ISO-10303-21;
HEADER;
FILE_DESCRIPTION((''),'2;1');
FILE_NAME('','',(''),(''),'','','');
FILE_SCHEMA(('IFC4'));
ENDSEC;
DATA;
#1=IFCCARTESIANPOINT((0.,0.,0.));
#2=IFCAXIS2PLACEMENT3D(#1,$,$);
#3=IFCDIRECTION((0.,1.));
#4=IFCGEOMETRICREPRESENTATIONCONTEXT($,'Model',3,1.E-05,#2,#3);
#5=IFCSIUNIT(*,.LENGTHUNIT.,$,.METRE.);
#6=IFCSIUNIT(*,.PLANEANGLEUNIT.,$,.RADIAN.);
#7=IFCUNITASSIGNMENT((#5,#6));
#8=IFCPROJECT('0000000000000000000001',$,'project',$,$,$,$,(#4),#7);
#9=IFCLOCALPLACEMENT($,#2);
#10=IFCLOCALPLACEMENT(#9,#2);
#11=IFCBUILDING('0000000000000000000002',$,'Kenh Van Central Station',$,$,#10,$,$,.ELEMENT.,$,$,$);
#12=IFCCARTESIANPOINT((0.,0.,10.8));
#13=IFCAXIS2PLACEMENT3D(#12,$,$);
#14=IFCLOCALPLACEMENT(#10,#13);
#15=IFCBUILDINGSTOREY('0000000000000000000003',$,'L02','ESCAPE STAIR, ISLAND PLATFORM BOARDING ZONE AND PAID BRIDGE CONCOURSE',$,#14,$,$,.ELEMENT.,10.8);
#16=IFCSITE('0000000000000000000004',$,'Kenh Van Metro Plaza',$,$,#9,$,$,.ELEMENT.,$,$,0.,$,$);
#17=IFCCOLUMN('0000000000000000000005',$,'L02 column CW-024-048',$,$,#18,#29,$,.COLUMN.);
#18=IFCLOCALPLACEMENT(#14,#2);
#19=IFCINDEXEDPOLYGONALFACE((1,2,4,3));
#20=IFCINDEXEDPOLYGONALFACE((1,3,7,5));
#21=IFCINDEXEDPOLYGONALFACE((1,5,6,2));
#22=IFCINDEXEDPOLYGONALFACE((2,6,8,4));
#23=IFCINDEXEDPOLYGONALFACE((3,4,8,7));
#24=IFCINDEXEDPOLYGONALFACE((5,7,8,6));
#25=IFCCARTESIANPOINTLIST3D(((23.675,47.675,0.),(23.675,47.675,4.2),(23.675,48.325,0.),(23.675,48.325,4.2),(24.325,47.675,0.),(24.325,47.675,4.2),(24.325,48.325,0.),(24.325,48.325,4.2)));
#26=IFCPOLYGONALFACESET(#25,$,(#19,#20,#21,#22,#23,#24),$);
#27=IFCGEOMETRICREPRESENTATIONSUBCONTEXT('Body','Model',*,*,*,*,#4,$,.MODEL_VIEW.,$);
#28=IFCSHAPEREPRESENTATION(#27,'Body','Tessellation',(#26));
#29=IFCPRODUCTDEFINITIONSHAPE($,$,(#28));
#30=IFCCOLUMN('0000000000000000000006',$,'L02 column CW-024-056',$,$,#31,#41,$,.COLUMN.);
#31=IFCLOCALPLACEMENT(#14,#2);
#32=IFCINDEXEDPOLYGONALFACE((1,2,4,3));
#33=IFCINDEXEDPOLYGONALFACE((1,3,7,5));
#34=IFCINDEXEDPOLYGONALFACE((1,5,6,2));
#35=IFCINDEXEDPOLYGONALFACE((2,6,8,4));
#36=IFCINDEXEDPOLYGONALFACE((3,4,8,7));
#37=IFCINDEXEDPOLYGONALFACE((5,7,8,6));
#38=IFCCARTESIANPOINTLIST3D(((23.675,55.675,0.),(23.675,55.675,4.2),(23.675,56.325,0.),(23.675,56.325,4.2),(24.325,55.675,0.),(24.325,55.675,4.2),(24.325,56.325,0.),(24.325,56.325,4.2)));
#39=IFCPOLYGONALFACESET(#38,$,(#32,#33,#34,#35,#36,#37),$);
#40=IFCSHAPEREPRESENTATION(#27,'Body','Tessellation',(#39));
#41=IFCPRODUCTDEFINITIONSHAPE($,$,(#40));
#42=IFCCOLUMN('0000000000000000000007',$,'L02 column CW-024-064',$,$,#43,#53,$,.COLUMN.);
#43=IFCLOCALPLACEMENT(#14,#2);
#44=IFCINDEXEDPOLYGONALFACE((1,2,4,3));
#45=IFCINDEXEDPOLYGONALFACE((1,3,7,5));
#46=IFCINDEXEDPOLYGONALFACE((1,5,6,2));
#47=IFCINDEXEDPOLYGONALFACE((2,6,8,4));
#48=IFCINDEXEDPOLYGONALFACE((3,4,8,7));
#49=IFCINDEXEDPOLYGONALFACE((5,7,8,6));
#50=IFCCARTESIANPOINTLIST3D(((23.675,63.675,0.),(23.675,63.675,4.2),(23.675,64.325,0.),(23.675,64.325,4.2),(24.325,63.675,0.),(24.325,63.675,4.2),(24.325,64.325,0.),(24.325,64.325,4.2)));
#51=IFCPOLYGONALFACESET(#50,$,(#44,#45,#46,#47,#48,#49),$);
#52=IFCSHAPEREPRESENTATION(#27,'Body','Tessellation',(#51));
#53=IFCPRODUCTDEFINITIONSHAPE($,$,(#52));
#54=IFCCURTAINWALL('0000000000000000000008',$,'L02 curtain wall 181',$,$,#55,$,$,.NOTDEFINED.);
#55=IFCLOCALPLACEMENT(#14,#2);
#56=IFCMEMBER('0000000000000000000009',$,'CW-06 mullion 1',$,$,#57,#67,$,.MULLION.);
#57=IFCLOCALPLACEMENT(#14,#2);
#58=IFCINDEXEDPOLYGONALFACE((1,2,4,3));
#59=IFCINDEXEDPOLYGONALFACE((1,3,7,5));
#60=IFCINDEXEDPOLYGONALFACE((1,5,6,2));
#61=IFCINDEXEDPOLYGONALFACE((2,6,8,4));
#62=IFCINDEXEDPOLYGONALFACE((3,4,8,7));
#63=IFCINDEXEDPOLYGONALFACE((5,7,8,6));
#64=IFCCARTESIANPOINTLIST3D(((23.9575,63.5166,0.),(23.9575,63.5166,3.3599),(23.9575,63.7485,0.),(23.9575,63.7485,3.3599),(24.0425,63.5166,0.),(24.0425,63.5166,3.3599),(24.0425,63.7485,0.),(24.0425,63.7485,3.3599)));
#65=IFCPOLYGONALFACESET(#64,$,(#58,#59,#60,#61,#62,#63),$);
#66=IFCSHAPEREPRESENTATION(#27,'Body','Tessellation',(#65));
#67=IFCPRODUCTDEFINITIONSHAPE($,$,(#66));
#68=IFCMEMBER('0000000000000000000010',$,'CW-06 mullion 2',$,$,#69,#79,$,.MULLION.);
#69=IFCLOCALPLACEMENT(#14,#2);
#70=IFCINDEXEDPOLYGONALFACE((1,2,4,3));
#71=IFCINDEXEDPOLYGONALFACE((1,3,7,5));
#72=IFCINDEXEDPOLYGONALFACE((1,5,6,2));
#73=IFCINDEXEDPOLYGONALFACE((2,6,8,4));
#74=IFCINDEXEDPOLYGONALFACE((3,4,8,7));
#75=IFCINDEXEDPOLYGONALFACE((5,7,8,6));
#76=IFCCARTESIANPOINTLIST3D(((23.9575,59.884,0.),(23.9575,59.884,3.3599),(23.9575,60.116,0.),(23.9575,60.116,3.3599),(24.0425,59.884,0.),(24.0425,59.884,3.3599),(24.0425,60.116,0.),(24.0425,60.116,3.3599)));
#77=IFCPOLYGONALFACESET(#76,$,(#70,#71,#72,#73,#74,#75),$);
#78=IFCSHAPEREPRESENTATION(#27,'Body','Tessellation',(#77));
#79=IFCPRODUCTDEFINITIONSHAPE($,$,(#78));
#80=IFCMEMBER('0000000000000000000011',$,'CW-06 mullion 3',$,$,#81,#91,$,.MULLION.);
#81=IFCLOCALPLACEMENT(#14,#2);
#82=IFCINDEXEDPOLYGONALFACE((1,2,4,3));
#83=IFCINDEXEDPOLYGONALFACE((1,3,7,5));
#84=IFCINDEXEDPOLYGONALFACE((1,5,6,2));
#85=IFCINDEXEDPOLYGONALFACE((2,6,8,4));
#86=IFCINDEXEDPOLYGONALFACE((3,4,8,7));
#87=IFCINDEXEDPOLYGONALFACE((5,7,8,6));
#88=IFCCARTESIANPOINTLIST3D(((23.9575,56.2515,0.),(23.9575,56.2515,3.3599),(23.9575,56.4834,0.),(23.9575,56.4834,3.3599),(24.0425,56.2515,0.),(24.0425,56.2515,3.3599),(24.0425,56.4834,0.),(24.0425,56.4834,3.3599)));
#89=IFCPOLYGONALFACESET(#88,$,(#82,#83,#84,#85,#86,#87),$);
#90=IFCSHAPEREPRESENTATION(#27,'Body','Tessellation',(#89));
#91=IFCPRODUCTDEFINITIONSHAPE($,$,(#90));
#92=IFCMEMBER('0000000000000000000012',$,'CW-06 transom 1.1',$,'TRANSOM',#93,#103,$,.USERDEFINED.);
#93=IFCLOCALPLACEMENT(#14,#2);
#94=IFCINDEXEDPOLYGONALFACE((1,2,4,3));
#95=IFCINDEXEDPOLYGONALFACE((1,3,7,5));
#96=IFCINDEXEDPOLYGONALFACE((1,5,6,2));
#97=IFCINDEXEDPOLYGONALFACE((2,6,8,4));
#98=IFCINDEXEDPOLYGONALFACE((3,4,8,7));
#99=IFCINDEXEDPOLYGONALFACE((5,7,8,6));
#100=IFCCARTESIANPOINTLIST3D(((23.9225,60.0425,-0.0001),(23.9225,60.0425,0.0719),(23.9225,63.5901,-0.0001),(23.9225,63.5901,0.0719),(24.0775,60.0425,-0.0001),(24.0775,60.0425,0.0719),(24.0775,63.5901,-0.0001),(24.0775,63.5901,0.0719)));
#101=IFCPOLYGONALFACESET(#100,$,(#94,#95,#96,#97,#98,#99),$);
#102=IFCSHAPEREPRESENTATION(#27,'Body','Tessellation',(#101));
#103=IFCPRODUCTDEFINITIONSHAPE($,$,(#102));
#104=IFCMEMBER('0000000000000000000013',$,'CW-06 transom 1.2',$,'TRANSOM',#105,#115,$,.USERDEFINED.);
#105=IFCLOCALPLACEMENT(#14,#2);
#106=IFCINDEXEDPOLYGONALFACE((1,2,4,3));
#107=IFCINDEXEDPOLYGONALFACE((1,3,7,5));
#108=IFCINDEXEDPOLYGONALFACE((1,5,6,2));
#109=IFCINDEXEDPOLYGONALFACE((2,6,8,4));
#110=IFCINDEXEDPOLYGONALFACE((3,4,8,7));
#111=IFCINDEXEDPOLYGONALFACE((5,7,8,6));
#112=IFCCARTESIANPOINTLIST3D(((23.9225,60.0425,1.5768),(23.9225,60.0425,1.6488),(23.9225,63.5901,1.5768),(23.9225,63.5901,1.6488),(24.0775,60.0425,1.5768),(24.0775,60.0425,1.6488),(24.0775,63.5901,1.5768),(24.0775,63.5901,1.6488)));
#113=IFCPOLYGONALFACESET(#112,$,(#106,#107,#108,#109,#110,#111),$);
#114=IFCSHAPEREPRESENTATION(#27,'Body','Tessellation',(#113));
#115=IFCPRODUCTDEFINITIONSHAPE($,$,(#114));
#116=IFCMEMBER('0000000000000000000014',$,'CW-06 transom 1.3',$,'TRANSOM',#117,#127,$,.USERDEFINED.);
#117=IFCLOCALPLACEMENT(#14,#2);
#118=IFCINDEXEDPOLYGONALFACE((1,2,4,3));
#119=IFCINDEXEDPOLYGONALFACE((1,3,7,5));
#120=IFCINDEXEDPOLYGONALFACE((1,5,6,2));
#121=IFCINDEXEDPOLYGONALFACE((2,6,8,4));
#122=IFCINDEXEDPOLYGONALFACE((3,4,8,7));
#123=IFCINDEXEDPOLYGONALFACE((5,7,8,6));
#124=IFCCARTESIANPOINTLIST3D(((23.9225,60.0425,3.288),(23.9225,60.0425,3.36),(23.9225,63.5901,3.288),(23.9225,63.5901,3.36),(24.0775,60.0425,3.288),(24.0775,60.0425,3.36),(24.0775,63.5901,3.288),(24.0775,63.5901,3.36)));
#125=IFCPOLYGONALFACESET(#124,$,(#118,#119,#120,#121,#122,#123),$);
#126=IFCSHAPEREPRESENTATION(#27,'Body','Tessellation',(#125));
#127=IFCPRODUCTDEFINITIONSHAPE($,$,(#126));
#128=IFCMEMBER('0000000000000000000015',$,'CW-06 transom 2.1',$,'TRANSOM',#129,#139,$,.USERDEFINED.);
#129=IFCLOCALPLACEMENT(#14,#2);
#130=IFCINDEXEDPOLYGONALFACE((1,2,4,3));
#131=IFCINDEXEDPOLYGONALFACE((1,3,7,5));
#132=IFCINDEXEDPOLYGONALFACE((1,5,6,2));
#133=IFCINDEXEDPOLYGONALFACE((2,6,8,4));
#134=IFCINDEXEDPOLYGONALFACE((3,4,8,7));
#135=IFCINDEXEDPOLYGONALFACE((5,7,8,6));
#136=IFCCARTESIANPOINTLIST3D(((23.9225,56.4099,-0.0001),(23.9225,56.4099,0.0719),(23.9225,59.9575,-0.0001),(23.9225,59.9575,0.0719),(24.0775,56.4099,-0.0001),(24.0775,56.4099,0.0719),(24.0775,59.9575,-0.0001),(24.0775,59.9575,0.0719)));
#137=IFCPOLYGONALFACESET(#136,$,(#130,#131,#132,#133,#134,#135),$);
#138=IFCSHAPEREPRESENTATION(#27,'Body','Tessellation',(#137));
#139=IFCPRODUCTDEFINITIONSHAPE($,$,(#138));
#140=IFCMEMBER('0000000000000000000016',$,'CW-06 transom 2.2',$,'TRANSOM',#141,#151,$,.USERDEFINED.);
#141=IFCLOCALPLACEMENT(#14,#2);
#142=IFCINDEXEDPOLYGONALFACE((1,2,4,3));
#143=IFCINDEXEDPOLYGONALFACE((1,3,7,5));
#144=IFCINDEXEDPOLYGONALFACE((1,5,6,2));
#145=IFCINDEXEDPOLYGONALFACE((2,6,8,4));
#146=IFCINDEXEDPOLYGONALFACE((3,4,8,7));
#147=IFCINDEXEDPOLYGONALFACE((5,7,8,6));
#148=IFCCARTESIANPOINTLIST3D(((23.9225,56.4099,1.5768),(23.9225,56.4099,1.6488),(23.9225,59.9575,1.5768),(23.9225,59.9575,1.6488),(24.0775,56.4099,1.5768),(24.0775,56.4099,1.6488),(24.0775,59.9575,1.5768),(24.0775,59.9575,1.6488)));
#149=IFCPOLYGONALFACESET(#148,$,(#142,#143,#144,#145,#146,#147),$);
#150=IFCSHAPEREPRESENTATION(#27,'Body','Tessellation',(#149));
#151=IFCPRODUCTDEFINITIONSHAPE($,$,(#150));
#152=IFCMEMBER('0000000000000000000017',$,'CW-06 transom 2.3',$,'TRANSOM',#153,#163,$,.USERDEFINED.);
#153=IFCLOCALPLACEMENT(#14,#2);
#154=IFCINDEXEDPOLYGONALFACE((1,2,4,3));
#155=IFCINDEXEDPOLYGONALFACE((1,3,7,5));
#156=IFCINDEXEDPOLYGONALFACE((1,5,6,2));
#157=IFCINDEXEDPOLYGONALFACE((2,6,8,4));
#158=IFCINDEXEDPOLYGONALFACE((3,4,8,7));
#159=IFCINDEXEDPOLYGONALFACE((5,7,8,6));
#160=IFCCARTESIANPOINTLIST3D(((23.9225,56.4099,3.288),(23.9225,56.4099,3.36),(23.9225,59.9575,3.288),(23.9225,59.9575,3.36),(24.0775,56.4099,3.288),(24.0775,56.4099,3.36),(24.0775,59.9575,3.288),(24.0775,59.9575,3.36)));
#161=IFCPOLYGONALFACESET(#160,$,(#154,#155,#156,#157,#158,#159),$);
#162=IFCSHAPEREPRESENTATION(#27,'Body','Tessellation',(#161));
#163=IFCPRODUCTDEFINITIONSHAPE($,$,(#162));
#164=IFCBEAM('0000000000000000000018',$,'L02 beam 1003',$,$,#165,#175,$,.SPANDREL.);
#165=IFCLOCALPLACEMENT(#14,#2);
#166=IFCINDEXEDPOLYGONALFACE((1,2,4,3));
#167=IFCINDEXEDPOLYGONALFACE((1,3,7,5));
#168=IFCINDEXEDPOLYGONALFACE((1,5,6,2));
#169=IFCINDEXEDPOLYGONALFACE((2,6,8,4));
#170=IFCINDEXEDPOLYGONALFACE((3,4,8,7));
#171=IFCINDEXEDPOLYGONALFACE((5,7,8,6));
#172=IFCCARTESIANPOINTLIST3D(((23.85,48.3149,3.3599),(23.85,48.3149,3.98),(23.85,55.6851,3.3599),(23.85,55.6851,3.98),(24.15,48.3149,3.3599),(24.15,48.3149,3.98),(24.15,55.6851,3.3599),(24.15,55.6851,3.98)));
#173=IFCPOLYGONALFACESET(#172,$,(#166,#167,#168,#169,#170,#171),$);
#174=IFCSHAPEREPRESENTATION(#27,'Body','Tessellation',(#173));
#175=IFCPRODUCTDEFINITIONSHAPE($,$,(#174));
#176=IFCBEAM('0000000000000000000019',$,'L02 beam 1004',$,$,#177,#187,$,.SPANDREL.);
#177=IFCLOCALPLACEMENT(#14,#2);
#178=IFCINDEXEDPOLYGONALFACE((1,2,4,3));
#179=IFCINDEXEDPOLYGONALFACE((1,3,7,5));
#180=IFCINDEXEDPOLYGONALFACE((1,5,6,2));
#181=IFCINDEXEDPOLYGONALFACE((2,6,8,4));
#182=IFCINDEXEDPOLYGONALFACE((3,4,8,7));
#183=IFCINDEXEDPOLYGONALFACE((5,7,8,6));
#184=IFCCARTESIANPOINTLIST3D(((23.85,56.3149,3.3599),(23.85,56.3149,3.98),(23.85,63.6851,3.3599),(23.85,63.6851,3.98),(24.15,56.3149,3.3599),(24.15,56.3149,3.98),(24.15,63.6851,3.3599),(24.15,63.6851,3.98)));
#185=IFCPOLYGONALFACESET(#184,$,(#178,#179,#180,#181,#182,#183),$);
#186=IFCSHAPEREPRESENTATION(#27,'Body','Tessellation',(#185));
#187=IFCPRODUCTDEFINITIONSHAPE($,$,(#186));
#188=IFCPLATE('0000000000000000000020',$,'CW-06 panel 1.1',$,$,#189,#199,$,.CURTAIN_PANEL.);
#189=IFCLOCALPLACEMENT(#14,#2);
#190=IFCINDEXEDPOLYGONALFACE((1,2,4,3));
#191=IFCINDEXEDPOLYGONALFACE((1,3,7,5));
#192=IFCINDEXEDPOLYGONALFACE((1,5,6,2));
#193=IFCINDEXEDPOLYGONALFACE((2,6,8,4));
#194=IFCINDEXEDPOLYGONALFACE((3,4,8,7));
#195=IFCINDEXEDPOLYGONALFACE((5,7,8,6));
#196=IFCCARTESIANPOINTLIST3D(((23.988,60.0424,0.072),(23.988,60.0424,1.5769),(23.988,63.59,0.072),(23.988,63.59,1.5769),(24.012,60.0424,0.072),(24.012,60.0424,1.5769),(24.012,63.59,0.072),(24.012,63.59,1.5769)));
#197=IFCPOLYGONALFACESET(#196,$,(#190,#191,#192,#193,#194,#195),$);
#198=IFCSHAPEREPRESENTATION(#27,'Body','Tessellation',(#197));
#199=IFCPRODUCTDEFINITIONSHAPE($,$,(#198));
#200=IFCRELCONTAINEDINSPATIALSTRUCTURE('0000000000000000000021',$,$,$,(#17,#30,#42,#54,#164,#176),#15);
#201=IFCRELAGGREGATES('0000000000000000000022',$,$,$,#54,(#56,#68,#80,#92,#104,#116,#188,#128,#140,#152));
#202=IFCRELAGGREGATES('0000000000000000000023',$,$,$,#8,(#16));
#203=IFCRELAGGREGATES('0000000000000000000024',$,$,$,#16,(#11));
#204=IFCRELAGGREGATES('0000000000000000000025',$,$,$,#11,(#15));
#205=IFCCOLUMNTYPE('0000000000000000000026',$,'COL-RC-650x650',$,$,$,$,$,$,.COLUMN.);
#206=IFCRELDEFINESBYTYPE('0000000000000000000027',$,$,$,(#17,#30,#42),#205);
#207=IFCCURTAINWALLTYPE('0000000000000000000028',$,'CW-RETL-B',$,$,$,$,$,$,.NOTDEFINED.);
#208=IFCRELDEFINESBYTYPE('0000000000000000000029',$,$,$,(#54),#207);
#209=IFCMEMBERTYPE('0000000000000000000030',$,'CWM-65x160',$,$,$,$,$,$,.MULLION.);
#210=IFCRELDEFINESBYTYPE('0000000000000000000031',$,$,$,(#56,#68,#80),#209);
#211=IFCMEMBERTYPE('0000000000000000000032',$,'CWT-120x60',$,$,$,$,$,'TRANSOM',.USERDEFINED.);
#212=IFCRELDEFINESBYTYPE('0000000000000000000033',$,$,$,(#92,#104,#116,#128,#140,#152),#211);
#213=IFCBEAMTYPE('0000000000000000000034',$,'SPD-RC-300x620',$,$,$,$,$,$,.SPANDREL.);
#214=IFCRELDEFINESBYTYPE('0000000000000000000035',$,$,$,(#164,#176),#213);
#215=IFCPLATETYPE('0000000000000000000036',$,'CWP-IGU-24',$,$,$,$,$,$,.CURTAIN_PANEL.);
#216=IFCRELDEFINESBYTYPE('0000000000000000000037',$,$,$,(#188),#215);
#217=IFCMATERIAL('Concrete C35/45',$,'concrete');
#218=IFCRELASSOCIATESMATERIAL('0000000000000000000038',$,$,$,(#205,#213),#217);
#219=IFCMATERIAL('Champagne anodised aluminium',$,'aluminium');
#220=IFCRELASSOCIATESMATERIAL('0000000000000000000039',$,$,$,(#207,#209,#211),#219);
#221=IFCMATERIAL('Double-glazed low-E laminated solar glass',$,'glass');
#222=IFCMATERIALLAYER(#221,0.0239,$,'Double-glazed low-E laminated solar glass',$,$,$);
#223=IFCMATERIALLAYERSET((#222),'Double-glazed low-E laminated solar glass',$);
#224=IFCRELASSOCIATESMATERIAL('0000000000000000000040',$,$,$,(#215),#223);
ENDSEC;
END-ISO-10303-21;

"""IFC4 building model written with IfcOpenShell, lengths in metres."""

from ifc_helpers import new_model, si_unit, direction, frame, origin, origin_2d, place, context, subcontext, project, spatial, rectangle, extrude, material, layer, layer_set, material_profile, profile_set, type_object, element, aggregate, save


model = new_model("IFC4")

# Units and contexts
model_context = context("Model", 3, precision=1e-05, world=origin(), true_north=direction((0.0, 1.0)))
body_context = subcontext(model_context, "Body", "Model", "MODEL_VIEW")
ifc_project = project(units=[si_unit("LENGTHUNIT", "METRE"), si_unit("PLANEANGLEUNIT", "RADIAN")], contexts=[model_context])

# Site, building, storey
site_placement = place(None, origin())
site = spatial("IfcSite", under=ifc_project, at=site_placement, Name="Kenh Van Metro Plaza", CompositionType="ELEMENT", RefElevation=0.0)
building_placement = place(site_placement, origin())
building = spatial("IfcBuilding", under=site, at=building_placement, Name="Kenh Van Central Station", CompositionType="ELEMENT")
storey_placement = place(building_placement, frame((0.0, 0.0, 10.8)))
storey = spatial("IfcBuildingStorey", under=building, at=storey_placement, Name="L02", Description="ESCAPE STAIR, ISLAND PLATFORM BOARDING ZONE AND PAID BRIDGE CONCOURSE", CompositionType="ELEMENT", Elevation=10.8)

# Columns
ifc_material_1 = material(Name="Concrete C35/45", Category="concrete")
ifc_material_profile_1 = material_profile(ifc_material_1, rectangle(XDim=0.6499, YDim=0.6499, at=origin_2d()), Name="RC 650x650")
ifc_profile_set_1 = profile_set([ifc_material_profile_1], Name="Concrete C35/45")
column_type = type_object("IfcColumnType", Name="COL-RC-650x650", PredefinedType="COLUMN", material=ifc_profile_set_1)
for number, where, z_axis, x_axis, name in (
    (1, (24.0, 48.0, 0.0), (0.0, 0.0, 1.0), (1.0, 0.0, 0.0), "L02 column CW-024-048"),
    (2, (24.0, 56.0, 0.0), (0.0, 0.0, 1.0), (1.0, 0.0, 0.0), "L02 column CW-024-056"),
    (3, (24.0, 64.0, 0.0), (0.0, 0.0, 1.0), (1.0, 0.0, 0.0), "L02 column CW-024-064"),
):
    element("IfcColumn", number, at=place(storey_placement, frame(where, z_axis=z_axis, x_axis=x_axis)), inside=storey, type_object=column_type, Name=name, PredefinedType="COLUMN", context=body_context, shape_type="SweptSolid", body=[
        extrude(rectangle(XDim=0.6499, YDim=0.6499, at=origin_2d()), origin(), (0.0, 0.0, 1.0), 4.2),
    ])

# Curtain wall, members
ifc_material_2 = material(Name="Champagne anodised aluminium", Category="aluminium")
curtain_wall_type = type_object("IfcCurtainWallType", Name="CW-RETL-B", PredefinedType="NOTDEFINED", material=ifc_material_2)
curtain_wall_placement = place(storey_placement, origin())
curtain_wall = element("IfcCurtainWall", 4, at=curtain_wall_placement, inside=storey, type_object=curtain_wall_type, Name="L02 curtain wall 181", PredefinedType="NOTDEFINED")
ifc_material_profile_2 = material_profile(ifc_material_2, rectangle(XDim=0.085, YDim=0.2319, at=origin_2d()), Name="AL 85x232")
ifc_profile_set_2 = profile_set([ifc_material_profile_2], Name="Champagne anodised aluminium")
member_type_1 = type_object("IfcMemberType", Name="CWM-65x160", PredefinedType="MULLION", material=ifc_profile_set_2)
member_1_placement = place(storey_placement, frame((24.0, 63.6326, 0.0), z_axis=(0.0, 0.0, 1.0), x_axis=(1.0, 0.0, 0.0)))
member_1 = element("IfcMember", 5, at=member_1_placement, type_object=member_type_1, Name="CW-06 mullion 1", PredefinedType="MULLION", context=body_context, shape_type="SweptSolid", body=[
    extrude(rectangle(XDim=0.085, YDim=0.2319, at=origin_2d()), origin(), (0.0, 0.0, 1.0), 3.3599),
])
member_2_placement = place(storey_placement, frame((24.0, 60.0, 0.0), z_axis=(0.0, 0.0, 1.0), x_axis=(1.0, 0.0, 0.0)))
member_2 = element("IfcMember", 6, at=member_2_placement, type_object=member_type_1, Name="CW-06 mullion 2", PredefinedType="MULLION", context=body_context, shape_type="SweptSolid", body=[
    extrude(rectangle(XDim=0.085, YDim=0.2319, at=origin_2d()), origin(), (0.0, 0.0, 1.0), 3.3599),
])
member_3_placement = place(storey_placement, frame((24.0, 56.3674, 0.0), z_axis=(0.0, 0.0, 1.0), x_axis=(1.0, 0.0, 0.0)))
member_3 = element("IfcMember", 7, at=member_3_placement, type_object=member_type_1, Name="CW-06 mullion 3", PredefinedType="MULLION", context=body_context, shape_type="SweptSolid", body=[
    extrude(rectangle(XDim=0.085, YDim=0.2319, at=origin_2d()), origin(), (0.0, 0.0, 1.0), 3.3599),
])
ifc_material_profile_3 = material_profile(ifc_material_2, rectangle(XDim=0.155, YDim=0.072, at=origin_2d()), Name="AL 155x72")
ifc_profile_set_3 = profile_set([ifc_material_profile_3], Name="Champagne anodised aluminium")
member_type_2 = type_object("IfcMemberType", Name="CWT-120x60", ElementType="TRANSOM", PredefinedType="USERDEFINED", material=ifc_profile_set_3)
member_4_placement = place(storey_placement, frame((24.0, 63.5901, 0.0359), z_axis=(0.0, -1.0, 0.0), x_axis=(1.0, 0.0, 0.0)))
member_4 = element("IfcMember", 8, at=member_4_placement, type_object=member_type_2, Name="CW-06 transom 1.1", ObjectType="TRANSOM", PredefinedType="USERDEFINED", context=body_context, shape_type="SweptSolid", body=[
    extrude(rectangle(XDim=0.155, YDim=0.072, at=origin_2d()), origin(), (0.0, 0.0, 1.0), 3.5476),
])
member_5_placement = place(storey_placement, frame((24.0, 63.5901, 1.6128), z_axis=(0.0, -1.0, 0.0), x_axis=(1.0, 0.0, 0.0)))
member_5 = element("IfcMember", 9, at=member_5_placement, type_object=member_type_2, Name="CW-06 transom 1.2", ObjectType="TRANSOM", PredefinedType="USERDEFINED", context=body_context, shape_type="SweptSolid", body=[
    extrude(rectangle(XDim=0.155, YDim=0.072, at=origin_2d()), origin(), (0.0, 0.0, 1.0), 3.5476),
])
member_6_placement = place(storey_placement, frame((24.0, 63.5901, 3.324), z_axis=(0.0, -1.0, 0.0), x_axis=(1.0, 0.0, 0.0)))
member_6 = element("IfcMember", 10, at=member_6_placement, type_object=member_type_2, Name="CW-06 transom 1.3", ObjectType="TRANSOM", PredefinedType="USERDEFINED", context=body_context, shape_type="SweptSolid", body=[
    extrude(rectangle(XDim=0.155, YDim=0.072, at=origin_2d()), origin(), (0.0, 0.0, 1.0), 3.5476),
])
member_7_placement = place(storey_placement, frame((24.0, 59.9575, 0.0359), z_axis=(0.0, -1.0, 0.0), x_axis=(1.0, 0.0, 0.0)))
member_7 = element("IfcMember", 11, at=member_7_placement, type_object=member_type_2, Name="CW-06 transom 2.1", ObjectType="TRANSOM", PredefinedType="USERDEFINED", context=body_context, shape_type="SweptSolid", body=[
    extrude(rectangle(XDim=0.155, YDim=0.072, at=origin_2d()), origin(), (0.0, 0.0, 1.0), 3.5476),
])
member_8_placement = place(storey_placement, frame((24.0, 59.9575, 1.6128), z_axis=(0.0, -1.0, 0.0), x_axis=(1.0, 0.0, 0.0)))
member_8 = element("IfcMember", 12, at=member_8_placement, type_object=member_type_2, Name="CW-06 transom 2.2", ObjectType="TRANSOM", PredefinedType="USERDEFINED", context=body_context, shape_type="SweptSolid", body=[
    extrude(rectangle(XDim=0.155, YDim=0.072, at=origin_2d()), origin(), (0.0, 0.0, 1.0), 3.5476),
])
member_9_placement = place(storey_placement, frame((24.0, 59.9575, 3.324), z_axis=(0.0, -1.0, 0.0), x_axis=(1.0, 0.0, 0.0)))
member_9 = element("IfcMember", 13, at=member_9_placement, type_object=member_type_2, Name="CW-06 transom 2.3", ObjectType="TRANSOM", PredefinedType="USERDEFINED", context=body_context, shape_type="SweptSolid", body=[
    extrude(rectangle(XDim=0.155, YDim=0.072, at=origin_2d()), origin(), (0.0, 0.0, 1.0), 3.5476),
])

# Beams
ifc_material_profile_4 = material_profile(ifc_material_1, rectangle(XDim=0.3, YDim=0.6201, at=origin_2d()), Name="RC 300x620")
ifc_profile_set_4 = profile_set([ifc_material_profile_4], Name="Concrete C35/45")
beam_type = type_object("IfcBeamType", Name="SPD-RC-300x620", PredefinedType="SPANDREL", material=ifc_profile_set_4)
for number, where, z_axis, x_axis, name in (
    (14, (24.0, 48.3149, 3.6699), (0.0, 1.0, 0.0), (-1.0, 0.0, 0.0), "L02 beam 1003"),
    (15, (24.0, 56.3149, 3.6699), (0.0, 1.0, 0.0), (-1.0, 0.0, 0.0), "L02 beam 1004"),
):
    element("IfcBeam", number, at=place(storey_placement, frame(where, z_axis=z_axis, x_axis=x_axis)), inside=storey, type_object=beam_type, Name=name, PredefinedType="SPANDREL", context=body_context, shape_type="SweptSolid", body=[
        extrude(rectangle(XDim=0.3, YDim=0.6201, at=origin_2d()), origin(), (0.0, 0.0, 1.0), 7.3701),
    ])

# Plate
ifc_material_3 = material(Name="Double-glazed low-E laminated solar glass", Category="glass")
ifc_layer_1 = layer(ifc_material_3, 0.0239, Name="Double-glazed low-E laminated solar glass")
ifc_layer_set_1 = layer_set([ifc_layer_1], Name="Double-glazed low-E laminated solar glass")
plate_type_1 = type_object("IfcPlateType", Name="CWP-IGU-24", PredefinedType="CURTAIN_PANEL", material=ifc_layer_set_1)
plate_1_placement = place(storey_placement, frame((24.0, 61.8162, 0.072), z_axis=(0.0, 0.0, 1.0), x_axis=(0.0, -1.0, 0.0)))
plate_1 = element("IfcPlate", 16, at=plate_1_placement, type_object=plate_type_1, Name="CW-06 panel 1.1", PredefinedType="CURTAIN_PANEL", context=body_context, shape_type="SweptSolid", body=[
    extrude(rectangle(XDim=3.5476, YDim=0.0239, at=origin_2d()), origin(), (0.0, 0.0, 1.0), 1.5049),
])
aggregate(curtain_wall, [member_1, member_2, member_3, member_4, member_5, member_6, plate_1, member_7, member_8, member_9])

save(model, "model.ifc")
